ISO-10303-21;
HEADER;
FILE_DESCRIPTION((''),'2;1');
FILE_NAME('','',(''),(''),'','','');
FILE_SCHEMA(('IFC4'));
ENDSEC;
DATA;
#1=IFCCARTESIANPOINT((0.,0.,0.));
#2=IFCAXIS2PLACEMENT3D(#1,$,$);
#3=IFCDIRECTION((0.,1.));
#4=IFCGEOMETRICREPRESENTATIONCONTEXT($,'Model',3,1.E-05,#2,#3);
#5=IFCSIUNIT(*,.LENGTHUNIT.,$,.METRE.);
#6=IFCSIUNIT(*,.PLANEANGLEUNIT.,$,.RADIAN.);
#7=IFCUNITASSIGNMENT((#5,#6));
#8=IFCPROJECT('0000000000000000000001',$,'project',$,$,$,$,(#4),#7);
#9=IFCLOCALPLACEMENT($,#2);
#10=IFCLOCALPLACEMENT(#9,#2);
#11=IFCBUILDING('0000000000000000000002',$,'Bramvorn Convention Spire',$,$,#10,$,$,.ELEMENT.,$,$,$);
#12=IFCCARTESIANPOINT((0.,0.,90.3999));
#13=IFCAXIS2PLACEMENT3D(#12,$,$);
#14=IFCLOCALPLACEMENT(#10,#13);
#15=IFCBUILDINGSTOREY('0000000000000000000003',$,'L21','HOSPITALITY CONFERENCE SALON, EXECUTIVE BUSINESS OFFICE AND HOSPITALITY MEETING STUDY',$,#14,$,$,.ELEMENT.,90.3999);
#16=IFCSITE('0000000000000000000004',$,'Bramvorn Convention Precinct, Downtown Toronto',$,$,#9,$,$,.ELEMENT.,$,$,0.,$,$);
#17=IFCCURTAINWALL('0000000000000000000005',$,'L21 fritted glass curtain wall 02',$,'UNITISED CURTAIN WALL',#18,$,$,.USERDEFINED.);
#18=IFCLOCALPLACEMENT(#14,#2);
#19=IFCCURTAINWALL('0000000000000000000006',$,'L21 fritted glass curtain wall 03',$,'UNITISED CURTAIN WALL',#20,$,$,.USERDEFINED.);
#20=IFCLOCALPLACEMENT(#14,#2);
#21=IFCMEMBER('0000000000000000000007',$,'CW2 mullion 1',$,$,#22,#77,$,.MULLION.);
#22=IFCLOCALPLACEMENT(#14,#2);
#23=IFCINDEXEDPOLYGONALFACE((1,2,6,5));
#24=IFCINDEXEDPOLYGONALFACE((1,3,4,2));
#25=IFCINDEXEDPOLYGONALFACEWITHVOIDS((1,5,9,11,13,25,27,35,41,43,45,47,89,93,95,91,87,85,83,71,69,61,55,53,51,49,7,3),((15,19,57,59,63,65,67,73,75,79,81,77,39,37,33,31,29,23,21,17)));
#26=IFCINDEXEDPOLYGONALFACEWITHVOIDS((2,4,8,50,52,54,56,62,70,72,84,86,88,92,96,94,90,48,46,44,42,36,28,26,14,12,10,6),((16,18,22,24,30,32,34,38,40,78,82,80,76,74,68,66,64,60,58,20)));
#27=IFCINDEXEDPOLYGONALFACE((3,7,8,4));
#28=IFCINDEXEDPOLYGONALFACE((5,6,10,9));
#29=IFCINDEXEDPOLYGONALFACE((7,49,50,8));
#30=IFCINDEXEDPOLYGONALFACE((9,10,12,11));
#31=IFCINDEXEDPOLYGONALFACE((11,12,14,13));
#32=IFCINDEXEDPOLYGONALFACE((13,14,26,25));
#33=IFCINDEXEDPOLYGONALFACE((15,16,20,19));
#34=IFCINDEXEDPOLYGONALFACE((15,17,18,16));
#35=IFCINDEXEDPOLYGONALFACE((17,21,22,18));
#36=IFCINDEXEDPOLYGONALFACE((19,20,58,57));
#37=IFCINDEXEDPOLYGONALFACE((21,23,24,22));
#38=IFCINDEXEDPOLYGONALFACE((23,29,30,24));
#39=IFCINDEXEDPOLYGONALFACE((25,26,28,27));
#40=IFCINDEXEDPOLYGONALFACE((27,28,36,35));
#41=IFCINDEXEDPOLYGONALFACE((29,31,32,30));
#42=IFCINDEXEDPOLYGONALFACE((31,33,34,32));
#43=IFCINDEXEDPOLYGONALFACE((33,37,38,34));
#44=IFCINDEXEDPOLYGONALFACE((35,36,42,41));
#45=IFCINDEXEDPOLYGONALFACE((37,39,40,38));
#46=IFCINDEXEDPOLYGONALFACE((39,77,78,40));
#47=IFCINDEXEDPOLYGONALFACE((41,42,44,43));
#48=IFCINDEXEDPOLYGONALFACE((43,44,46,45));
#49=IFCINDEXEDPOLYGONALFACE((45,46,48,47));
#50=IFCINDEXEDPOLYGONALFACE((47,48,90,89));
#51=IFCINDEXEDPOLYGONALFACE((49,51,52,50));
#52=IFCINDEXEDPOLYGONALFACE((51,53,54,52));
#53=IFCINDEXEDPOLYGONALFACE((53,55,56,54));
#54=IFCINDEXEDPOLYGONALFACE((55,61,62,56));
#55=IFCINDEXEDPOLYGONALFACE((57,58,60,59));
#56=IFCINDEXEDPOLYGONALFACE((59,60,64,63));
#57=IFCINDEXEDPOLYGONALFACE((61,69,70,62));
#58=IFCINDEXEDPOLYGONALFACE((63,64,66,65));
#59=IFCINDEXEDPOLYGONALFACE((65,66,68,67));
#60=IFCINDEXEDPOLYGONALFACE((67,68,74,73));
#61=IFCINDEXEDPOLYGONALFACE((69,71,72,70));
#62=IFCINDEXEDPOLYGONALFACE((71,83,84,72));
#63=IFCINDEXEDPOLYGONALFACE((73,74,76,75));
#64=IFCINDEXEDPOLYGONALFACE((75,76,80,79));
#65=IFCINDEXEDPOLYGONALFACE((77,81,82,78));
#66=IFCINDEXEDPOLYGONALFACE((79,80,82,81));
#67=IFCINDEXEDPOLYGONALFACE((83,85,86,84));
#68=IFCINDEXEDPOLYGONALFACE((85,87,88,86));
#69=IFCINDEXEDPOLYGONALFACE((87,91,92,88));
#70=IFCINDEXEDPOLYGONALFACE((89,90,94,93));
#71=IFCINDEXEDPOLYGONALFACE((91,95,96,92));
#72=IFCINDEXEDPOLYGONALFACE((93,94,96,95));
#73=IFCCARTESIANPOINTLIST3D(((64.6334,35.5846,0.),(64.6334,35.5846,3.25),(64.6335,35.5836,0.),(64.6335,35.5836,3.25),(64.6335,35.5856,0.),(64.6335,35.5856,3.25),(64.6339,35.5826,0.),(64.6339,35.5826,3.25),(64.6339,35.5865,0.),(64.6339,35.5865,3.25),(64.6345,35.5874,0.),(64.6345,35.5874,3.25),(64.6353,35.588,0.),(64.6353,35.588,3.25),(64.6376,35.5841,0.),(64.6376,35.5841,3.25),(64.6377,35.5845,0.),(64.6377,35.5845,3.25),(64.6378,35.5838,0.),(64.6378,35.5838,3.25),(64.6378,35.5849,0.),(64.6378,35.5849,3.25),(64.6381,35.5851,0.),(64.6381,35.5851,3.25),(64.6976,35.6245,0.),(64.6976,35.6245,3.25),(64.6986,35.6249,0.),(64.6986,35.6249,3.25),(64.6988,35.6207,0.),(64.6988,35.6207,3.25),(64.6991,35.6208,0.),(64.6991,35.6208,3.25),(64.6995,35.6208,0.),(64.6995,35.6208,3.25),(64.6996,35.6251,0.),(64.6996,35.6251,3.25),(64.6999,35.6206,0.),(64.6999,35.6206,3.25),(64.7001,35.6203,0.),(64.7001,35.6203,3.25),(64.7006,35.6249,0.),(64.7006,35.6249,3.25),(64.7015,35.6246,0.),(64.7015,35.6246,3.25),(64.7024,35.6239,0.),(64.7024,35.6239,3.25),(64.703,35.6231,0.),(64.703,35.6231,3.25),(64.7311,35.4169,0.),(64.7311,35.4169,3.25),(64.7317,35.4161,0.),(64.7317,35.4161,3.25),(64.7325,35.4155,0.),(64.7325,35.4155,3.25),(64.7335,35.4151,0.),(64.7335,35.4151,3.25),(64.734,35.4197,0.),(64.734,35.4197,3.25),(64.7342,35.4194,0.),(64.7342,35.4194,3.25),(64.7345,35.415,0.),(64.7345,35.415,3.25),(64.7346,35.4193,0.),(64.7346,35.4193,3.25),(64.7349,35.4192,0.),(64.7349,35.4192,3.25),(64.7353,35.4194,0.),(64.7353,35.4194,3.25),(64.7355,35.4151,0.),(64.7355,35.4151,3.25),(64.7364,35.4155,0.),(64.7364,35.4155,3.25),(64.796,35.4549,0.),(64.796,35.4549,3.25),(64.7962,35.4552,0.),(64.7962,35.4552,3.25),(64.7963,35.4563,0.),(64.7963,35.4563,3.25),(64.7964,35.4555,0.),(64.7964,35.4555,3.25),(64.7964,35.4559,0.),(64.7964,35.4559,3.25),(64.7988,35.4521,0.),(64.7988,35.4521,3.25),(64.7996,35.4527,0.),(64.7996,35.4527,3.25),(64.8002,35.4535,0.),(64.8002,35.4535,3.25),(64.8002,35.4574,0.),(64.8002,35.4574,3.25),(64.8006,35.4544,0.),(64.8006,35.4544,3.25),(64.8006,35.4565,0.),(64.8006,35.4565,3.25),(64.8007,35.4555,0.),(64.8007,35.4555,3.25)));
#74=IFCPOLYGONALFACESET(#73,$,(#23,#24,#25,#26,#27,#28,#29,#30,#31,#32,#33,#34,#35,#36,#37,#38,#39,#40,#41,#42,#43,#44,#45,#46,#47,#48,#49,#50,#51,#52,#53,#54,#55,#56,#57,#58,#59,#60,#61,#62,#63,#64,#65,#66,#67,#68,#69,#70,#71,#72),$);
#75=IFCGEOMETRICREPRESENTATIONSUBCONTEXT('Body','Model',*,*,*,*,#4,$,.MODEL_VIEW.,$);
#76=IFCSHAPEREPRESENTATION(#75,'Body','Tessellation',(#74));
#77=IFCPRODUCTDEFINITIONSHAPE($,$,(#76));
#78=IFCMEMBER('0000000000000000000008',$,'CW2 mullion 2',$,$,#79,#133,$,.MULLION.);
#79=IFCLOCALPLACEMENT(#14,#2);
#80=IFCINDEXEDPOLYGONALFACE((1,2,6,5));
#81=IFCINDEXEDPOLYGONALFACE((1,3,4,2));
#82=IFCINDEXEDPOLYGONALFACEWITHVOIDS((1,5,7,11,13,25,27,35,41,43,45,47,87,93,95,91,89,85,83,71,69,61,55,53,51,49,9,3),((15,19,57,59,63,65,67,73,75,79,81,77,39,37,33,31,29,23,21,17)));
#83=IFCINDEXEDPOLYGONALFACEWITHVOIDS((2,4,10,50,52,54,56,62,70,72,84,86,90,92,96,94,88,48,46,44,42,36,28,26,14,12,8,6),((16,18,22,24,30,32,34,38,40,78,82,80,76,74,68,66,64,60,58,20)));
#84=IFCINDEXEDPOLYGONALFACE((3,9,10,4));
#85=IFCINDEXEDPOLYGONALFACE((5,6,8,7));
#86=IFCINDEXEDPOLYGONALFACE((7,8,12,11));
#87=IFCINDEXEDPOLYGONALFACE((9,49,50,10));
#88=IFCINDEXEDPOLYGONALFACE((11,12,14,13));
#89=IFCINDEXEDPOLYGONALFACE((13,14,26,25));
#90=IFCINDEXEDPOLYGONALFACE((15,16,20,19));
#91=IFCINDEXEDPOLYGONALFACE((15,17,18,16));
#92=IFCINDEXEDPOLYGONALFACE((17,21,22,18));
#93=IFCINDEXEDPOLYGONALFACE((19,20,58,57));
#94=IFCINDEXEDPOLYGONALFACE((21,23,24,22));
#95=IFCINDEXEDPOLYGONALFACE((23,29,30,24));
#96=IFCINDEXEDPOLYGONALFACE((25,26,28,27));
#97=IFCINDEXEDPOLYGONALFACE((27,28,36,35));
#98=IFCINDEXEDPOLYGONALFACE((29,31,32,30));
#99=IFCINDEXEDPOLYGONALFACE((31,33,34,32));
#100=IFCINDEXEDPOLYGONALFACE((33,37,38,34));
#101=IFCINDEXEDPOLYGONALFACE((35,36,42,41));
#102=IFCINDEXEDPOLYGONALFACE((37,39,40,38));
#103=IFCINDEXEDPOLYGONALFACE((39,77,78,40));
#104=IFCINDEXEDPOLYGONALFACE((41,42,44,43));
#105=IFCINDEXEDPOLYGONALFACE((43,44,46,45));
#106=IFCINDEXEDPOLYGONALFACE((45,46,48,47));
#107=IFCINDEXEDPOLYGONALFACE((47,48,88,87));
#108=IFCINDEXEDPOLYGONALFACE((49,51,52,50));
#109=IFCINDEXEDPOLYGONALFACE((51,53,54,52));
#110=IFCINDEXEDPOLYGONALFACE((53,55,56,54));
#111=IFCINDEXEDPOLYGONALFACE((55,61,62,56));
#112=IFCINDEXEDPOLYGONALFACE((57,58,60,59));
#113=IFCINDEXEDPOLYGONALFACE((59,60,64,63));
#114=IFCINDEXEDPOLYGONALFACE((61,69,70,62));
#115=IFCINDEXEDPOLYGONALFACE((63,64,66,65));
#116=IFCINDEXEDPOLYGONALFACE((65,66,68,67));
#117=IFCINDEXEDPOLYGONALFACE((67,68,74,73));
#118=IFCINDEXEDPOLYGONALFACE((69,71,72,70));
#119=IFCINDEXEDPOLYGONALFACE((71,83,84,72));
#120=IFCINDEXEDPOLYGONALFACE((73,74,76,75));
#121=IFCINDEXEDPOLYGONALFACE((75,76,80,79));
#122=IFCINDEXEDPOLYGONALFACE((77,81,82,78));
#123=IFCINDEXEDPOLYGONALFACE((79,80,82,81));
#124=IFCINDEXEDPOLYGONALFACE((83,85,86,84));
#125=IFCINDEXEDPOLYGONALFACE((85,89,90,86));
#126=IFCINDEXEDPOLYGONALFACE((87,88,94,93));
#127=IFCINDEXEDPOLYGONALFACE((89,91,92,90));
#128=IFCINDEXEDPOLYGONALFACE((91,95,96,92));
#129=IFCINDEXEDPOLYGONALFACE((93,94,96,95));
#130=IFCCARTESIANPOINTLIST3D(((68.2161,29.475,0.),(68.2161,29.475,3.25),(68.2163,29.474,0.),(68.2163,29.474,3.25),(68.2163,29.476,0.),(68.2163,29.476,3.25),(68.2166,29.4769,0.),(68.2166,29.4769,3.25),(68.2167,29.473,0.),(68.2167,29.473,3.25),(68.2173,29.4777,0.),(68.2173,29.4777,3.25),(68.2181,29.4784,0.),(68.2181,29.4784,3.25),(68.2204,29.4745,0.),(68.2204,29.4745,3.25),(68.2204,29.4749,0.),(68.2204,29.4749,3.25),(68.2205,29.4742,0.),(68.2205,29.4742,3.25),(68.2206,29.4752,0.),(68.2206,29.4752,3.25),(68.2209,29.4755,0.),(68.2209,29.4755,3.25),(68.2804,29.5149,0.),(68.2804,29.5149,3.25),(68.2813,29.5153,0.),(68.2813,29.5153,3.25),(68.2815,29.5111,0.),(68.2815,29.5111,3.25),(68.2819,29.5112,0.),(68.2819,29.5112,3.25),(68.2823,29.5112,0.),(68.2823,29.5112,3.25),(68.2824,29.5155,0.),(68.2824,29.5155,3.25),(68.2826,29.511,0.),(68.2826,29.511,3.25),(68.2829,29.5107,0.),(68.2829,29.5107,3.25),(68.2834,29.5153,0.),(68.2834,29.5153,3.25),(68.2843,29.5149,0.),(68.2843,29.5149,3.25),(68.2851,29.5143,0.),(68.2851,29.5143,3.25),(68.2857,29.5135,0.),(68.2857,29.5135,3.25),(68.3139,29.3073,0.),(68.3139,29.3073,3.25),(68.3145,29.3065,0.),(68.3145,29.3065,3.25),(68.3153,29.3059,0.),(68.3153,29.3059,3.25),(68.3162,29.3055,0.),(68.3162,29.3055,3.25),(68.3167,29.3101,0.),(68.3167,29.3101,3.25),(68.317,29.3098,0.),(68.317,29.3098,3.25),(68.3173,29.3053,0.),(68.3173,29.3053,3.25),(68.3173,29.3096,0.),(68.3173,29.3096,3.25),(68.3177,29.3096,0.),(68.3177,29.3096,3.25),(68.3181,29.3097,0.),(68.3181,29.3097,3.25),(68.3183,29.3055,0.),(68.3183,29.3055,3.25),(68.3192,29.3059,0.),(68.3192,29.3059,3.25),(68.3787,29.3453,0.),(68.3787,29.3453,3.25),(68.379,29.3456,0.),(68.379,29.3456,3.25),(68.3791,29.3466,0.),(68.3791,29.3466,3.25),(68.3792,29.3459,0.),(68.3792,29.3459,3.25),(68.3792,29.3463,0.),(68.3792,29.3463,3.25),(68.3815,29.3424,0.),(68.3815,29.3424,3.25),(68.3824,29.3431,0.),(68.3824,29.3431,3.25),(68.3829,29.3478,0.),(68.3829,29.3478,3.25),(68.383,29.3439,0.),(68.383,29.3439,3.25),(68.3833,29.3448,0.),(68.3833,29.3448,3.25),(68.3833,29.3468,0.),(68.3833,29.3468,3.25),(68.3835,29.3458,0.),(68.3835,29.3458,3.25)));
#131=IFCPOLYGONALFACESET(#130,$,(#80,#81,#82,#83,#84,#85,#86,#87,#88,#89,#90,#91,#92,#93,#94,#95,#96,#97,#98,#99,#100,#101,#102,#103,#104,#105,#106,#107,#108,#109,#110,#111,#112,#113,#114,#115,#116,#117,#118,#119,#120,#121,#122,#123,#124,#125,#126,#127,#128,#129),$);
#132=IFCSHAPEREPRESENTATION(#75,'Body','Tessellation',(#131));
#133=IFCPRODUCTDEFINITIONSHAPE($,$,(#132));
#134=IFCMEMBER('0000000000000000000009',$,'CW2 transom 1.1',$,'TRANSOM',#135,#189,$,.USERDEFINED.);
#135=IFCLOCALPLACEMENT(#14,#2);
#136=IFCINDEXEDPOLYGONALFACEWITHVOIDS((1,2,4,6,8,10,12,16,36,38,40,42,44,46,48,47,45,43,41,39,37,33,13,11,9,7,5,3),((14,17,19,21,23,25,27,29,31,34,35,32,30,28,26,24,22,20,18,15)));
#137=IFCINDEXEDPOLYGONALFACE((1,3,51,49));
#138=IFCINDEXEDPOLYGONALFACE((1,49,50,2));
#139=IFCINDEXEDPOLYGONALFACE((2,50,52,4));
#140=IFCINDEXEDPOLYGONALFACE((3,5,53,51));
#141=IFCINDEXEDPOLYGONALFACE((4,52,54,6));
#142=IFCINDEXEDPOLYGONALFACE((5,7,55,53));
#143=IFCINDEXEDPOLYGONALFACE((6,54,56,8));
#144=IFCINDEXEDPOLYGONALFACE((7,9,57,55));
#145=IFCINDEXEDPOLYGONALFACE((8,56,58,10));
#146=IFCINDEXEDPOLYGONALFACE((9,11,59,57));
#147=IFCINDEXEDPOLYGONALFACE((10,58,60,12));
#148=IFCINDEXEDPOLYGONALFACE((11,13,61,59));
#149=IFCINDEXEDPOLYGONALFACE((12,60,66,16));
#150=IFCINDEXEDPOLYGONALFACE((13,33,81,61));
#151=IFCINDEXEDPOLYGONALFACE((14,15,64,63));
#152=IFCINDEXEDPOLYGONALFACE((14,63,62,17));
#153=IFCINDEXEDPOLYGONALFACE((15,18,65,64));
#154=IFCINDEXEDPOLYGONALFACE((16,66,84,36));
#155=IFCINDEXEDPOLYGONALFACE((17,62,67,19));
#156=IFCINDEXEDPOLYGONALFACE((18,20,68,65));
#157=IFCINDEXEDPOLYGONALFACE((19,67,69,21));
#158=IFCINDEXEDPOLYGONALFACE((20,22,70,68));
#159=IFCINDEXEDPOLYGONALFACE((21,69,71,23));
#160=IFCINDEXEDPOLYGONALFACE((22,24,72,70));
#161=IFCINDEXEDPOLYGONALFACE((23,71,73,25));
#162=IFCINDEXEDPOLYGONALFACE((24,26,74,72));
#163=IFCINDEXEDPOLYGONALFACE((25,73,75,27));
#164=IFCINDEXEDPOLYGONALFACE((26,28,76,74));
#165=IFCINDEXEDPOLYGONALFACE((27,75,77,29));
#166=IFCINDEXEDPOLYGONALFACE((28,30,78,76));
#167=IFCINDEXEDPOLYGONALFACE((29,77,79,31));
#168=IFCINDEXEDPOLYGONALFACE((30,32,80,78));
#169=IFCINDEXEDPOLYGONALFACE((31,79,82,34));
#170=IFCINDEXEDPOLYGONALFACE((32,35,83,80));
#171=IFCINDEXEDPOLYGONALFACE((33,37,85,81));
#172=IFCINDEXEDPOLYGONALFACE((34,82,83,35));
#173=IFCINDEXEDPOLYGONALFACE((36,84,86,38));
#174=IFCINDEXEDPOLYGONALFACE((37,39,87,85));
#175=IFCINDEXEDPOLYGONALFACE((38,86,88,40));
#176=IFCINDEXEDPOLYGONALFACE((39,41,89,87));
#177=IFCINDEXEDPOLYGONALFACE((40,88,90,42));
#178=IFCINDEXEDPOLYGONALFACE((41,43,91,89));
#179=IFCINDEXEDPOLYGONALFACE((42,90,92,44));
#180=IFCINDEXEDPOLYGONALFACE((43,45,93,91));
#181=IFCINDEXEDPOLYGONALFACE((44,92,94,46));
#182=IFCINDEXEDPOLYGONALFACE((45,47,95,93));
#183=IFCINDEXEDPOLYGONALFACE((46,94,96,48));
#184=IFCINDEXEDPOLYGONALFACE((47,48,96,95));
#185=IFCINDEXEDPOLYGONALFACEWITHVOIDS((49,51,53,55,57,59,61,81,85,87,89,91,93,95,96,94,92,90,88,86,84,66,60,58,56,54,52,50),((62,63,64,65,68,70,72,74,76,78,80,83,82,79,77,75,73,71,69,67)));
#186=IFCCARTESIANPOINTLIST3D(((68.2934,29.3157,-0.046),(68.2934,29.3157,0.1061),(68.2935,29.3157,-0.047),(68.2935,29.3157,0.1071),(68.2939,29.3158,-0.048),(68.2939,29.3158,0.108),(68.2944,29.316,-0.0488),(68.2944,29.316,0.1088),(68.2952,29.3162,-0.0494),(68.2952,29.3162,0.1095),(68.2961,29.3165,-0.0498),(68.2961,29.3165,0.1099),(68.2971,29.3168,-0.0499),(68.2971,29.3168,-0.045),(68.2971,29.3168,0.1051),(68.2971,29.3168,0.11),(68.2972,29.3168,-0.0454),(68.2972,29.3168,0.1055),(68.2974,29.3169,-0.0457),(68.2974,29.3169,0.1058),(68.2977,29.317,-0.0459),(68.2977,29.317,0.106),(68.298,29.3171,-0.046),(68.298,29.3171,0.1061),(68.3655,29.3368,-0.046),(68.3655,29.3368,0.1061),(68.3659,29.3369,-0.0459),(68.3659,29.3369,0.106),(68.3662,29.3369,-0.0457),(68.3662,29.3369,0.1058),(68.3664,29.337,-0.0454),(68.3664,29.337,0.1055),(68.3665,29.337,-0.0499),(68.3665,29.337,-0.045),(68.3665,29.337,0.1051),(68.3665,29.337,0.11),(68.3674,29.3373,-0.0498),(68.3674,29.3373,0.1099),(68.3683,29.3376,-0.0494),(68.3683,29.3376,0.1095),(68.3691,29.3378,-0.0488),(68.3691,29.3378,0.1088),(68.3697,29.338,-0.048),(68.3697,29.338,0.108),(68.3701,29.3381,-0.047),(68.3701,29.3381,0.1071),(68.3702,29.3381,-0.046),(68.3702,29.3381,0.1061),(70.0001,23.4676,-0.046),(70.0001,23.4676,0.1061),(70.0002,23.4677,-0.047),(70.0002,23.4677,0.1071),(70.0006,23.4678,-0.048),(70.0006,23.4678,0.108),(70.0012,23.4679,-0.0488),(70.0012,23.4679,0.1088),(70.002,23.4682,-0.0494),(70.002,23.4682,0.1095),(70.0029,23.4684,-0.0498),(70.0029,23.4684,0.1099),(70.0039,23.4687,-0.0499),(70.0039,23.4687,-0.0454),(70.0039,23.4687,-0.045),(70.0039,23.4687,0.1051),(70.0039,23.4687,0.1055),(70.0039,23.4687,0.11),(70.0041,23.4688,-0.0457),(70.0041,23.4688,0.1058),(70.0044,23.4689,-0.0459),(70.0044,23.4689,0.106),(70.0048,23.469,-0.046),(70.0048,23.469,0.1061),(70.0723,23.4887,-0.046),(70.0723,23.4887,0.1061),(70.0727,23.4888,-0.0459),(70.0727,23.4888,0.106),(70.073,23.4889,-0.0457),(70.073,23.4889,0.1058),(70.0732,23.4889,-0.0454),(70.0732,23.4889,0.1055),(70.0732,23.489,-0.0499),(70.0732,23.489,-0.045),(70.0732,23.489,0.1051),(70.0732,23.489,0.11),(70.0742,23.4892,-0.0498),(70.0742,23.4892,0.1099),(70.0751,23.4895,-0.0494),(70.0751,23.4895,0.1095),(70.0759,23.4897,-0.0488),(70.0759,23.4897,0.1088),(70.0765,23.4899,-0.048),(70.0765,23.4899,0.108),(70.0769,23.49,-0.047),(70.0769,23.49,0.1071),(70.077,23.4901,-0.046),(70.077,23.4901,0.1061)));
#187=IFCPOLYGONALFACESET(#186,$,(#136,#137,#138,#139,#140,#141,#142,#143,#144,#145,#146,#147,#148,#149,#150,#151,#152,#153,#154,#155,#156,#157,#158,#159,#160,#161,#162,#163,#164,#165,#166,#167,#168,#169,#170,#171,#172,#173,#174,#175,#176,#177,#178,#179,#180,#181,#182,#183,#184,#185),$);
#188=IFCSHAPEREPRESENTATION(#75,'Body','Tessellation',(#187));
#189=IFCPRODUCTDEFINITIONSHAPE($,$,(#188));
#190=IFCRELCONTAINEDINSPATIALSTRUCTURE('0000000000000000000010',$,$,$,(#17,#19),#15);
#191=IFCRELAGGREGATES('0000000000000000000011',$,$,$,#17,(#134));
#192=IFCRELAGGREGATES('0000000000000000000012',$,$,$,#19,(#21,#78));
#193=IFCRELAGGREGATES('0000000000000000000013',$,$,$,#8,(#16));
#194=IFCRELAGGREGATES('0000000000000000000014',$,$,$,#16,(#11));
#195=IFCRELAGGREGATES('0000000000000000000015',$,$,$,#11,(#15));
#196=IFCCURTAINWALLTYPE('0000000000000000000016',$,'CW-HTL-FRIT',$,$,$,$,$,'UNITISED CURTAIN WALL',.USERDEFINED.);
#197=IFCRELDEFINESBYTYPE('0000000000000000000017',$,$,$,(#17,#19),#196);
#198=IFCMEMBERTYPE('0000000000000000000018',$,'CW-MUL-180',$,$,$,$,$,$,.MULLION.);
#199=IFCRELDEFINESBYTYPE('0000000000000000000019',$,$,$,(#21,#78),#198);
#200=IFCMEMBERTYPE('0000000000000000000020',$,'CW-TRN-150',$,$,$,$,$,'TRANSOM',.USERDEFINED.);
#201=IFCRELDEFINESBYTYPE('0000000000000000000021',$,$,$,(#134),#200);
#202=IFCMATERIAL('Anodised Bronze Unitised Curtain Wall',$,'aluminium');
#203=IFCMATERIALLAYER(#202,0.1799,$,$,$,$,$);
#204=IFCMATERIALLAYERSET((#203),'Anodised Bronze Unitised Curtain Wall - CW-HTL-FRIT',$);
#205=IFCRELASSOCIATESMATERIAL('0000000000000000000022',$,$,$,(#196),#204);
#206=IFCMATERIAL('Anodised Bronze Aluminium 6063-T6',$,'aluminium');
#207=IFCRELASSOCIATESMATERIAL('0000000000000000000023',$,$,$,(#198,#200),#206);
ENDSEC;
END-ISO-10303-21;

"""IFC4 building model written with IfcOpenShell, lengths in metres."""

from ifc_helpers import new_model, si_unit, direction, frame, origin, origin_2d, place, context, subcontext, project, spatial, hollow_rectangle, extrude, material, layer, layer_set, material_profile, profile_set, type_object, element, aggregate, save


model = new_model("IFC4")

# Units and contexts
model_context = context("Model", 3, precision=1e-05, world=origin(), true_north=direction((0.0, 1.0)))
body_context = subcontext(model_context, "Body", "Model", "MODEL_VIEW")
ifc_project = project(units=[si_unit("LENGTHUNIT", "METRE"), si_unit("PLANEANGLEUNIT", "RADIAN")], contexts=[model_context])

# Site, building, storey
site_placement = place(None, origin())
site = spatial("IfcSite", under=ifc_project, at=site_placement, Name="Bramvorn Convention Precinct, Downtown Toronto", CompositionType="ELEMENT", RefElevation=0.0)
building_placement = place(site_placement, origin())
building = spatial("IfcBuilding", under=site, at=building_placement, Name="Bramvorn Convention Spire", CompositionType="ELEMENT")
storey_placement = place(building_placement, frame((0.0, 0.0, 90.3999)))
storey = spatial("IfcBuildingStorey", under=building, at=storey_placement, Name="L21", Description="HOSPITALITY CONFERENCE SALON, EXECUTIVE BUSINESS OFFICE AND HOSPITALITY MEETING STUDY", CompositionType="ELEMENT", Elevation=90.3999)

# Curtain walls, members
ifc_material_1 = material(Name="Anodised Bronze Unitised Curtain Wall", Category="aluminium")
ifc_layer_1 = layer(ifc_material_1, 0.1799)
ifc_layer_set_1 = layer_set([ifc_layer_1], Name="Anodised Bronze Unitised Curtain Wall - CW-HTL-FRIT")
curtain_wall_type = type_object("IfcCurtainWallType", Name="CW-HTL-FRIT", ElementType="UNITISED CURTAIN WALL", PredefinedType="USERDEFINED", material=ifc_layer_set_1)
curtain_wall_1_placement = place(storey_placement, origin())
curtain_wall_1 = element("IfcCurtainWall", 1, at=curtain_wall_1_placement, inside=storey, type_object=curtain_wall_type, Name="L21 fritted glass curtain wall 02", ObjectType="UNITISED CURTAIN WALL", PredefinedType="USERDEFINED")
ifc_material_2 = material(Name="Anodised Bronze Aluminium 6063-T6", Category="aluminium")
ifc_material_profile_1 = material_profile(ifc_material_2, hollow_rectangle(XDim=0.0801, YDim=0.2, WallThickness=0.0039, InnerFilletRadius=0.001, OuterFilletRadius=0.0039, at=origin_2d()))
ifc_profile_set_1 = profile_set([ifc_material_profile_1], Name="Anodised Bronze Aluminium 6063-T6 - CWM80X200")
member_type_1 = type_object("IfcMemberType", Name="CW-MUL-180", PredefinedType="MULLION", material=ifc_profile_set_1)
curtain_wall_2_placement = place(storey_placement, origin())
curtain_wall_2 = element("IfcCurtainWall", 2, at=curtain_wall_2_placement, inside=storey, type_object=curtain_wall_type, Name="L21 fritted glass curtain wall 03", ObjectType="UNITISED CURTAIN WALL", PredefinedType="USERDEFINED")
member_1_placement = place(storey_placement, frame((64.717, 35.52, 0.0), z_axis=(0.0, 0.0, 1.0), x_axis=(0.862629, 0.505837, 0.0)))
member_1 = element("IfcMember", 3, at=member_1_placement, type_object=member_type_1, Name="CW2 mullion 1", PredefinedType="MULLION", context=body_context, shape_type="SweptSolid", body=[
    extrude(hollow_rectangle(XDim=0.0801, YDim=0.2, WallThickness=0.0039, InnerFilletRadius=0.001, OuterFilletRadius=0.0039, at=origin_2d()), origin(), (0.0, 0.0, 1.0), 3.25),
])
member_2_placement = place(storey_placement, frame((68.2998, 29.4104, 0.0), z_axis=(0.0, 0.0, 1.0), x_axis=(0.862629, 0.505837, 0.0)))
member_2 = element("IfcMember", 4, at=member_2_placement, type_object=member_type_1, Name="CW2 mullion 2", PredefinedType="MULLION", context=body_context, shape_type="SweptSolid", body=[
    extrude(hollow_rectangle(XDim=0.0801, YDim=0.2, WallThickness=0.0039, InnerFilletRadius=0.001, OuterFilletRadius=0.0039, at=origin_2d()), origin(), (0.0, 0.0, 1.0), 3.25),
])

# Member
ifc_material_profile_2 = material_profile(ifc_material_2, hollow_rectangle(XDim=0.0801, YDim=0.1599, WallThickness=0.0039, InnerFilletRadius=0.001, OuterFilletRadius=0.0039, at=origin_2d()))
ifc_profile_set_2 = profile_set([ifc_material_profile_2], Name="Anodised Bronze Aluminium 6063-T6 - CWT80X160")
member_type_2 = type_object("IfcMemberType", Name="CW-TRN-150", ElementType="TRANSOM", PredefinedType="USERDEFINED", material=ifc_profile_set_2)
member_3_placement = place(storey_placement, frame((68.3318, 29.3269, 0.03), z_axis=(0.280163, -0.959952, 0.0), x_axis=(0.959952, 0.280163, 0.0)))
member_3 = element("IfcMember", 5, at=member_3_placement, type_object=member_type_2, Name="CW2 transom 1.1", ObjectType="TRANSOM", PredefinedType="USERDEFINED", context=body_context, shape_type="SweptSolid", body=[
    extrude(hollow_rectangle(XDim=0.0801, YDim=0.1599, WallThickness=0.0039, InnerFilletRadius=0.001, OuterFilletRadius=0.0039, at=origin_2d()), origin(), (0.0, 0.0, 1.0), 6.092),
])

aggregate(curtain_wall_1, [member_3])
aggregate(curtain_wall_2, [member_1, member_2])

save(model, "model.ifc")
